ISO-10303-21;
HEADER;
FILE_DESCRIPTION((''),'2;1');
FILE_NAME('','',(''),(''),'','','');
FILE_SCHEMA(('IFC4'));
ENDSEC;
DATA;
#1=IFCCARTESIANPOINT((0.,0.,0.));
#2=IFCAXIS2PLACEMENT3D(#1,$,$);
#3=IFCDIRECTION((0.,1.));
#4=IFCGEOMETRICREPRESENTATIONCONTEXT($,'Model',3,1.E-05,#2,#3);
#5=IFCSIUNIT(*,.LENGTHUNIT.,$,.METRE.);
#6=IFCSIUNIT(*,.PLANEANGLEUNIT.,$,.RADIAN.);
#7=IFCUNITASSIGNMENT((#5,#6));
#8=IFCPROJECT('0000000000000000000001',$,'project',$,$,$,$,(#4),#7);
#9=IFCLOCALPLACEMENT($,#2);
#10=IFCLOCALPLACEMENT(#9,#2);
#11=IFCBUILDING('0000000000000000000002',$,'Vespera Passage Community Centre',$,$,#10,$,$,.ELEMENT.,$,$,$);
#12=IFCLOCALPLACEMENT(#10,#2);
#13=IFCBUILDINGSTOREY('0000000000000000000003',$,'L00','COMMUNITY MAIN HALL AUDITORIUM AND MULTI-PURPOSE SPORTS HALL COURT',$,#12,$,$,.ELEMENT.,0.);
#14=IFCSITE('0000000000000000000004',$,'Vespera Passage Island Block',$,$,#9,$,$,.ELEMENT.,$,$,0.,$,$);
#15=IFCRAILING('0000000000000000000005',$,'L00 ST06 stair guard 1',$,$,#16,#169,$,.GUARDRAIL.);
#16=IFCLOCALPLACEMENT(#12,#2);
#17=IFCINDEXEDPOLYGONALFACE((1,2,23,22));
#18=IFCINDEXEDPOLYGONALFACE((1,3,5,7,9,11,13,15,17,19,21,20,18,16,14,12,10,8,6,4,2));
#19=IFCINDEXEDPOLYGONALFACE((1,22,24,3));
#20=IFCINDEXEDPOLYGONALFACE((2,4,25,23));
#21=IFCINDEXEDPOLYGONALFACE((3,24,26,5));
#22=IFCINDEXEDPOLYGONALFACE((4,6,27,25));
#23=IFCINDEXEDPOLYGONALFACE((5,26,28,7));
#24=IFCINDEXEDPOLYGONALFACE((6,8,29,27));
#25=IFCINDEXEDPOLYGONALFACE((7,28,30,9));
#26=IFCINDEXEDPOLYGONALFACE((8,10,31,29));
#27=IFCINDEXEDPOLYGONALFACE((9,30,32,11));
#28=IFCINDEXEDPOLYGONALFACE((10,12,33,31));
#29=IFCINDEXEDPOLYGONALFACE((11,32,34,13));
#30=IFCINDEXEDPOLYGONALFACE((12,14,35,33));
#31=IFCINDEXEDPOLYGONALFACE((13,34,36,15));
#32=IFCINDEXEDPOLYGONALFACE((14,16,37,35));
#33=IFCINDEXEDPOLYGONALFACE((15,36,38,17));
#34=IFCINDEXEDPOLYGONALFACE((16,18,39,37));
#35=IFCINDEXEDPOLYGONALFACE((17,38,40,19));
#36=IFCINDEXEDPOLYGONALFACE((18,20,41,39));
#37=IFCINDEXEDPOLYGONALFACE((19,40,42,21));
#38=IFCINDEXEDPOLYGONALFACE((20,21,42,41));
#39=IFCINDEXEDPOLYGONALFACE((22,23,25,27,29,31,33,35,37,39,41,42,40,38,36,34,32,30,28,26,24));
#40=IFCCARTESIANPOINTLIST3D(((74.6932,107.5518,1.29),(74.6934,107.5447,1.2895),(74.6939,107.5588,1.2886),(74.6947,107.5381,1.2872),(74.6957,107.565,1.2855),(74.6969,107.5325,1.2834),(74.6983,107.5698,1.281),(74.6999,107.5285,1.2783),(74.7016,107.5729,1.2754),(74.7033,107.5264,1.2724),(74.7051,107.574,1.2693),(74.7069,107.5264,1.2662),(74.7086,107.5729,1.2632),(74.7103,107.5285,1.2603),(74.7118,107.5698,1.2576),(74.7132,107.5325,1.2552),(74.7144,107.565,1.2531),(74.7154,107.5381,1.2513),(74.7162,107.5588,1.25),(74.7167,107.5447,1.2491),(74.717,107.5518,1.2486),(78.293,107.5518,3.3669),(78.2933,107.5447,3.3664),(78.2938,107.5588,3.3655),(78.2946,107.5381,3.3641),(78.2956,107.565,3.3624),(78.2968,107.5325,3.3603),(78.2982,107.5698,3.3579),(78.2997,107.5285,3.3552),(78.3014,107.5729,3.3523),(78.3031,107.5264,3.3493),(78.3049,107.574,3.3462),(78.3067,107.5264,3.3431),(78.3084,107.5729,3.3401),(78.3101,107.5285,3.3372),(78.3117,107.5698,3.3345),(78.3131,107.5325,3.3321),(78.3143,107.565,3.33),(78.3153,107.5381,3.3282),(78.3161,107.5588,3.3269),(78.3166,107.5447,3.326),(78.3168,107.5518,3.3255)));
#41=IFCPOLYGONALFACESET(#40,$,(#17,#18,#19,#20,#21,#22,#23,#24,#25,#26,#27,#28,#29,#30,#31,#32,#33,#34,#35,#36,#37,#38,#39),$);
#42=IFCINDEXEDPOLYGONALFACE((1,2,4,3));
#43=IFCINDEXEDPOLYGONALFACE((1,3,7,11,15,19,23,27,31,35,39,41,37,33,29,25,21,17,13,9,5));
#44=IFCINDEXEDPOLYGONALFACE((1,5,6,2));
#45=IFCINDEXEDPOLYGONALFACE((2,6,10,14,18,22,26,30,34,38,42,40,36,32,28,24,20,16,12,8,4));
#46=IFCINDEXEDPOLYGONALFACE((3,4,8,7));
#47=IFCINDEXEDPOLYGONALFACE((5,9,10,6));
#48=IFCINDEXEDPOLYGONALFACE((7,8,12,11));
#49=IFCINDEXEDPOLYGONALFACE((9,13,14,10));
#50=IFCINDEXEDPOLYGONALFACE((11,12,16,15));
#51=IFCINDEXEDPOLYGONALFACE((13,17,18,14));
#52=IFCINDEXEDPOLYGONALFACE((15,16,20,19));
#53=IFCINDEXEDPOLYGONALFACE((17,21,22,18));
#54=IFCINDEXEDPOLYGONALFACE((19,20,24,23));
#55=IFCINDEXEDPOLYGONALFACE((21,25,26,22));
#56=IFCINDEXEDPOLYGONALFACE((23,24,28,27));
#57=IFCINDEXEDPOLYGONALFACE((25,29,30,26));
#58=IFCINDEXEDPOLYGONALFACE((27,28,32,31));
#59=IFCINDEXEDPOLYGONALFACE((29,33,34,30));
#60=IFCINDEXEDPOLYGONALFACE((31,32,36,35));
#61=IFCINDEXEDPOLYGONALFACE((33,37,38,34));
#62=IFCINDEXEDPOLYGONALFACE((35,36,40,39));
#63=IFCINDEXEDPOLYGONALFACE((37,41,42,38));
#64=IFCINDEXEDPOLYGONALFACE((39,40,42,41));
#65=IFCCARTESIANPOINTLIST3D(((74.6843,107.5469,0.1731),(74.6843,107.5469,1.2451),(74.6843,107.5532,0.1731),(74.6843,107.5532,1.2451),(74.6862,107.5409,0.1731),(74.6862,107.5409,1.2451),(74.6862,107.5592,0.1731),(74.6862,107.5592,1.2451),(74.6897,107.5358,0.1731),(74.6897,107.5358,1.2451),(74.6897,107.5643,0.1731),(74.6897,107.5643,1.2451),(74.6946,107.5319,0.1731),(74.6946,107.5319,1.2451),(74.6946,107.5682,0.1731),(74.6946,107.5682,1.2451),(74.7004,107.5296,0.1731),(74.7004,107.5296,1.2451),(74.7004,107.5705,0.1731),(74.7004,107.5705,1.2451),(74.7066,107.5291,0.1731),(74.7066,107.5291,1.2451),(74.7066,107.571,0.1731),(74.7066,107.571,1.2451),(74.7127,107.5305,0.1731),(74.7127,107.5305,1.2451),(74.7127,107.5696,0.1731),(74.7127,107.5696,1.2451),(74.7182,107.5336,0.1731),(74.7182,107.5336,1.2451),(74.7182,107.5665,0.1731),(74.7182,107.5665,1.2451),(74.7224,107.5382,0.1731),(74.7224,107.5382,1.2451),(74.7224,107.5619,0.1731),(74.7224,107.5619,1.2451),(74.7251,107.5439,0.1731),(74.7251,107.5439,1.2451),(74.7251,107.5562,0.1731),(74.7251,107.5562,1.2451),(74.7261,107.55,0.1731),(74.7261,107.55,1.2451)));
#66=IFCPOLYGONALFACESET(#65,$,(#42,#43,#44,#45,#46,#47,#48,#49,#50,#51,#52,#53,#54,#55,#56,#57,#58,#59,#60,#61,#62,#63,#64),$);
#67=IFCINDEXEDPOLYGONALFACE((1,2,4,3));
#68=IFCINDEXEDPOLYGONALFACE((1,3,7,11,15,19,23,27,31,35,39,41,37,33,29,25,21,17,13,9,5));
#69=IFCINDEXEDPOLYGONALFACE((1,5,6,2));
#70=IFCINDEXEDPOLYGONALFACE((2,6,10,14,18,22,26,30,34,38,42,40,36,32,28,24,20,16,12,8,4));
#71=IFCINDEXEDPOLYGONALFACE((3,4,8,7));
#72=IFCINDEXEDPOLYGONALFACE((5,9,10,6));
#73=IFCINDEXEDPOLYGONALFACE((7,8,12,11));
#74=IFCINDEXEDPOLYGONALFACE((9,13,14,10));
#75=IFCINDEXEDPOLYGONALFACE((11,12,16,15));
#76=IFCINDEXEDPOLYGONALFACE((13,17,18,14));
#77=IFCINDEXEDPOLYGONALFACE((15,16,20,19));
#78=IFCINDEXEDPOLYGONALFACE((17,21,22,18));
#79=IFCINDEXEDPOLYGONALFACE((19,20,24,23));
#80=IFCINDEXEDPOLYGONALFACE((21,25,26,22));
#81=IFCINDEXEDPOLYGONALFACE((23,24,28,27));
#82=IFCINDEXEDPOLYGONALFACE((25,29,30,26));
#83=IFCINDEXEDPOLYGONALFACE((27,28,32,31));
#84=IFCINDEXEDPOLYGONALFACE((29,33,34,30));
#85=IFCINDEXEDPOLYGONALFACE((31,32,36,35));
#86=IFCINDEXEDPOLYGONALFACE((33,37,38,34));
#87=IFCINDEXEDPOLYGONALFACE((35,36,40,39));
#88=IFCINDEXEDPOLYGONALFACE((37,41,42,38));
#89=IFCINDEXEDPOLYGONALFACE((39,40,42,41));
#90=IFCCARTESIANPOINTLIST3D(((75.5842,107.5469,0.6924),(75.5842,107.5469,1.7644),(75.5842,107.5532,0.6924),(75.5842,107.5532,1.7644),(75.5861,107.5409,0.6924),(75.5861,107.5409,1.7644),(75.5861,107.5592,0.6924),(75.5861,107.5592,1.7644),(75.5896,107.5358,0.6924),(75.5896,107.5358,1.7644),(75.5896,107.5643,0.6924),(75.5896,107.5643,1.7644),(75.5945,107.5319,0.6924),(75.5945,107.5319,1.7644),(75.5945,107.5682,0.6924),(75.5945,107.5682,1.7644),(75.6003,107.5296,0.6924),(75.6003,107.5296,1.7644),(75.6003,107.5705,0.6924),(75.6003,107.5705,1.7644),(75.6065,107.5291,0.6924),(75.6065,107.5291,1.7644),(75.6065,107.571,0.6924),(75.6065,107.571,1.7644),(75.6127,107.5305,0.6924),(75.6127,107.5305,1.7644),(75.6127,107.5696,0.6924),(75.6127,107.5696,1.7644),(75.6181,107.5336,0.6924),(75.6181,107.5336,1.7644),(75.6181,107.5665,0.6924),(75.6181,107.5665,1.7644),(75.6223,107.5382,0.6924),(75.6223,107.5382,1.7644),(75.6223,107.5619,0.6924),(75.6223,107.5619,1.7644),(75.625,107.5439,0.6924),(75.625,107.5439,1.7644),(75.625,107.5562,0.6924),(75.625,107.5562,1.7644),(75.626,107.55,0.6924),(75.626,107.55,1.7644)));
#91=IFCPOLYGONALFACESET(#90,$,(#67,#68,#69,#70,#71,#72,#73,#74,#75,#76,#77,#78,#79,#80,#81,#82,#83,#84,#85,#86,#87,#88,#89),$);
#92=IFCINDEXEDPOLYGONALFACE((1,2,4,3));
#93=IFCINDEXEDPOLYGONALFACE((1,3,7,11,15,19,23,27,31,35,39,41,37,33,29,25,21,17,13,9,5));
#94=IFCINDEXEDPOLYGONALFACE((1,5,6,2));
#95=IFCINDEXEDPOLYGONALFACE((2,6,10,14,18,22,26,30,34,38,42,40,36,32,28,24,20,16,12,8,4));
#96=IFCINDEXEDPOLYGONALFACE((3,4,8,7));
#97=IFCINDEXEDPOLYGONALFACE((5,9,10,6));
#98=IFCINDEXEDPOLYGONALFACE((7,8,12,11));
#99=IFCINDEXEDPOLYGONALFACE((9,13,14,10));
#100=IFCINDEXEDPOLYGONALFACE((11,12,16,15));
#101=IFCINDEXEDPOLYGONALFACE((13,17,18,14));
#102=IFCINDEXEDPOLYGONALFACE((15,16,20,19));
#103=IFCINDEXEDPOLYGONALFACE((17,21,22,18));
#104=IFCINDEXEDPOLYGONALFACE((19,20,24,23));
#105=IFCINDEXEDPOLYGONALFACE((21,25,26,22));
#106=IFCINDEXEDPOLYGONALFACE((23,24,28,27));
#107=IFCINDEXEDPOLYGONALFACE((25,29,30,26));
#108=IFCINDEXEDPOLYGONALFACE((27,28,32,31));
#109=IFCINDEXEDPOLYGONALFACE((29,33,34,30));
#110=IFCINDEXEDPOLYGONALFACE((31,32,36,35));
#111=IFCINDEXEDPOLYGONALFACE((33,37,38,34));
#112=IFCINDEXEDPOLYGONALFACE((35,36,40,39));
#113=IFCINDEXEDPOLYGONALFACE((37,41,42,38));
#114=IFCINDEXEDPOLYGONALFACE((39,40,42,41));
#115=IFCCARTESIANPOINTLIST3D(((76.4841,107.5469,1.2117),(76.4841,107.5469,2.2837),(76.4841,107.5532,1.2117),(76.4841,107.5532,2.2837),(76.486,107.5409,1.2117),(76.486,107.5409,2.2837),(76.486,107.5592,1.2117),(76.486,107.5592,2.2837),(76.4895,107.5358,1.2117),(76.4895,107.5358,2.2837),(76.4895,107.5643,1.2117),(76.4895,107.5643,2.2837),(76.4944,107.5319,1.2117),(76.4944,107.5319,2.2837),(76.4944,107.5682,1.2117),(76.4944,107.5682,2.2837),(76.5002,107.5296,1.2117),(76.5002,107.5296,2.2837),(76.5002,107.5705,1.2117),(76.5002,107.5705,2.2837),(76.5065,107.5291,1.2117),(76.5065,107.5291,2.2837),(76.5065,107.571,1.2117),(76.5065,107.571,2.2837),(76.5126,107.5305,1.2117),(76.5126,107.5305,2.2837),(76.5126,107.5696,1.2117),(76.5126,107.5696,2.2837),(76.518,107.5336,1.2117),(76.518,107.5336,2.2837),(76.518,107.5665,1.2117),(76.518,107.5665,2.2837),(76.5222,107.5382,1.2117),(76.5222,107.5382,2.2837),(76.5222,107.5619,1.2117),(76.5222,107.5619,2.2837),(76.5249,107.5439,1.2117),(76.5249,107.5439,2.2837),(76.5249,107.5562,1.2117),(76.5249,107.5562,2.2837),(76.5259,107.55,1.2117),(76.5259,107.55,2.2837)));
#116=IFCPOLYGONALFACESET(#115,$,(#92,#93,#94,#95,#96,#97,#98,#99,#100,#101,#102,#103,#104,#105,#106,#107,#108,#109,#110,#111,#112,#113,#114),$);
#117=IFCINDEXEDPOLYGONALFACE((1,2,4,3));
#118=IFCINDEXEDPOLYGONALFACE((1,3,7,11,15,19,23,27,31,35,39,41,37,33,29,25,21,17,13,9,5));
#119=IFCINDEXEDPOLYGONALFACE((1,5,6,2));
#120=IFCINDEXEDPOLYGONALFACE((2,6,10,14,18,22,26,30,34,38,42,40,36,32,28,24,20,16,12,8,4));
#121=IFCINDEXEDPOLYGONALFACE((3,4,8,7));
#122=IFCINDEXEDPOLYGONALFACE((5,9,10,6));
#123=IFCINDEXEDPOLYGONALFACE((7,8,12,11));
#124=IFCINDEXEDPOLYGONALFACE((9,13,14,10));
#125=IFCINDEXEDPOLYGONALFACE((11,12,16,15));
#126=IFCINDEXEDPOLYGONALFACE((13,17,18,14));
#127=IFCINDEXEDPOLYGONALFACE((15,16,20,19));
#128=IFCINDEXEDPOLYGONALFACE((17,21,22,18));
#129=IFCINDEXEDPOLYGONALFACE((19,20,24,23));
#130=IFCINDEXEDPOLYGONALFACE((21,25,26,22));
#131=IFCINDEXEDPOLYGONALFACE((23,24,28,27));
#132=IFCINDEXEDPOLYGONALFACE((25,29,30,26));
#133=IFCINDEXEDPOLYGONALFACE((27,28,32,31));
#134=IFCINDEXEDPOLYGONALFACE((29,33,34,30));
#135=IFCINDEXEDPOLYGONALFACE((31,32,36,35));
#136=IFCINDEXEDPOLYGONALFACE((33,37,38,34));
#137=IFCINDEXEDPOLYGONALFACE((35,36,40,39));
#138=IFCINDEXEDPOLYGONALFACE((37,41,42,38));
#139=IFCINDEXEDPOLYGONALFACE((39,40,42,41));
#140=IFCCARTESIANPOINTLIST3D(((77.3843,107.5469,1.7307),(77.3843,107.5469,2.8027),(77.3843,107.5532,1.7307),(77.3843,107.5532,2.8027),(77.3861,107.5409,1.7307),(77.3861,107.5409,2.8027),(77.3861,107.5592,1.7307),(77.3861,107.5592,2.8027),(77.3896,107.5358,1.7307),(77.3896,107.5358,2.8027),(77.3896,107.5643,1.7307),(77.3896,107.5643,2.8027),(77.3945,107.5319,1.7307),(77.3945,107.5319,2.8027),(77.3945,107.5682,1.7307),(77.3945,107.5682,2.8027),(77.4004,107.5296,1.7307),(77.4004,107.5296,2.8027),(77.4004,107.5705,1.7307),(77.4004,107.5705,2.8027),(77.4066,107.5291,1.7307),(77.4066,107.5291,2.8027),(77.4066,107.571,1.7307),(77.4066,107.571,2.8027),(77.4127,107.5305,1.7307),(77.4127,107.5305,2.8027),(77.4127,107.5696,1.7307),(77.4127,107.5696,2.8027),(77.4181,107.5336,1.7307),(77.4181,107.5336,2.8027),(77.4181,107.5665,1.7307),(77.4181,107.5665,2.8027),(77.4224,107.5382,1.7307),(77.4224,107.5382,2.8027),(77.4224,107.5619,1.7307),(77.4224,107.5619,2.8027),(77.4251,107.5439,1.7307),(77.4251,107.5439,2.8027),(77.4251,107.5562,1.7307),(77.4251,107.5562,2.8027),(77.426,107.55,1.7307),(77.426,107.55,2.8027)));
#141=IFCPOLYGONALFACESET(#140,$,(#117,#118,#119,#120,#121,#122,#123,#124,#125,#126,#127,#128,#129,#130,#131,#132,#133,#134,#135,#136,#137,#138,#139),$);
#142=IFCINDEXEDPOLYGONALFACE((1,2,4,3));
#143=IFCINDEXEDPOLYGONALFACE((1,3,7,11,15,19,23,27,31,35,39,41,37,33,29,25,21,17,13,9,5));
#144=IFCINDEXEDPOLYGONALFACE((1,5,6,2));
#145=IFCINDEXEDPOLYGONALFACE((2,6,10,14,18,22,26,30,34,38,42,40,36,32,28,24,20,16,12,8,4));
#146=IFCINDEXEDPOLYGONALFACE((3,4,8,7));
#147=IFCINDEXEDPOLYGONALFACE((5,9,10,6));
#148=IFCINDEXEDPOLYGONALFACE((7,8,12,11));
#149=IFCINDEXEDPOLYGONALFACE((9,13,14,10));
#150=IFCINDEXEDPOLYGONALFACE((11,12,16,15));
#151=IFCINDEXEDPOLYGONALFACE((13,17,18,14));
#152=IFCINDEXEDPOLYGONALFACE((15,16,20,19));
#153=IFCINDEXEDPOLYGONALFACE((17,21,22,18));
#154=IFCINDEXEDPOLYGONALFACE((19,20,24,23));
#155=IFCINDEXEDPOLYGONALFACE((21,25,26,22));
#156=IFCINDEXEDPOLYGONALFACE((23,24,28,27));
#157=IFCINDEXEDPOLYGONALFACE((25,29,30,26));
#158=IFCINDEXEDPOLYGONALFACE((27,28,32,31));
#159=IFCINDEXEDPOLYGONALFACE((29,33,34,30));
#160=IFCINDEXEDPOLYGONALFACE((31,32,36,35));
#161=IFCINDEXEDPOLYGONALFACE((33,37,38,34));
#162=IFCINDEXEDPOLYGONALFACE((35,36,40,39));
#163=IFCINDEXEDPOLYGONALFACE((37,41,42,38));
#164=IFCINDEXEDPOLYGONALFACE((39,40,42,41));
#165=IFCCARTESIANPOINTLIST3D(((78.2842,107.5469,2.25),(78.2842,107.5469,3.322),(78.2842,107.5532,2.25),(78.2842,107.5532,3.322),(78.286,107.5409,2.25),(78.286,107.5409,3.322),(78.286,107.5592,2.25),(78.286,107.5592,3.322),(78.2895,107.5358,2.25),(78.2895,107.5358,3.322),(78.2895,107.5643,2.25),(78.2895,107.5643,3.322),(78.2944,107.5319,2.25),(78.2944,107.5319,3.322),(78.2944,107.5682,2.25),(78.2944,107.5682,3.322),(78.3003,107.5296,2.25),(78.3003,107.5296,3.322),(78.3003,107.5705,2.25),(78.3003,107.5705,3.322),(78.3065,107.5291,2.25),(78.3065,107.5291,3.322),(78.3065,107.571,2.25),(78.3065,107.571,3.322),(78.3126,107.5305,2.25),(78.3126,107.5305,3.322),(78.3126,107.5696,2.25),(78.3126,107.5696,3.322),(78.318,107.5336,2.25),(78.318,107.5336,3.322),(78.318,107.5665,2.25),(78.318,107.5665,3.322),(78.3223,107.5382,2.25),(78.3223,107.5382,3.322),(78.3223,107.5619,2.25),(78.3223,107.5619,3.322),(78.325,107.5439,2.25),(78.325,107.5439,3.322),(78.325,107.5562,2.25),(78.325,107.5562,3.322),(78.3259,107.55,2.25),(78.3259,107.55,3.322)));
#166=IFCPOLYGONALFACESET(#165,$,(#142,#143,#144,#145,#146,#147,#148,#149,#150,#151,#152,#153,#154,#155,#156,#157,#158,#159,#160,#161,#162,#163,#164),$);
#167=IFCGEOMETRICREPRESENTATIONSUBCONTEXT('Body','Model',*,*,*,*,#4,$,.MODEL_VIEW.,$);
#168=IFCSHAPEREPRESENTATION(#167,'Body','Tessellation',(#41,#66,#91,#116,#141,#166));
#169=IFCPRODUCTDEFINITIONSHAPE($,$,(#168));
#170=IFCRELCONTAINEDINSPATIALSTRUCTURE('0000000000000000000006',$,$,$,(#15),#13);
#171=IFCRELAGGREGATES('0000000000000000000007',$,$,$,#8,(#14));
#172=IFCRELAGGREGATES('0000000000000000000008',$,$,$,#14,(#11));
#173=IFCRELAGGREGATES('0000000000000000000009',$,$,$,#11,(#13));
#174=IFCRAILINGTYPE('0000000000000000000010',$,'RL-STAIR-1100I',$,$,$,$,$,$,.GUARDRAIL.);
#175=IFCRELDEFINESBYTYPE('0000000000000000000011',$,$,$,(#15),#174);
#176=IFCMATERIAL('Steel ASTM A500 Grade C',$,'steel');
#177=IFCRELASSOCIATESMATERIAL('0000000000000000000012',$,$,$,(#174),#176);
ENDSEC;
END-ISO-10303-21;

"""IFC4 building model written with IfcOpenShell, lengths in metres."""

from ifc_helpers import new_model, si_unit, direction, frame, origin, origin_2d, place, context, subcontext, project, spatial, circle, extrude, material, type_object, element, save


model = new_model("IFC4")

# Units and contexts
model_context = context("Model", 3, precision=1e-05, world=origin(), true_north=direction((0.0, 1.0)))
body_context = subcontext(model_context, "Body", "Model", "MODEL_VIEW")
ifc_project = project(units=[si_unit("LENGTHUNIT", "METRE"), si_unit("PLANEANGLEUNIT", "RADIAN")], contexts=[model_context])

# Site, building, storey
site_placement = place(None, origin())
site = spatial("IfcSite", under=ifc_project, at=site_placement, Name="Vespera Passage Island Block", CompositionType="ELEMENT", RefElevation=0.0)
building_placement = place(site_placement, origin())
building = spatial("IfcBuilding", under=site, at=building_placement, Name="Vespera Passage Community Centre", CompositionType="ELEMENT")
storey_placement = place(building_placement, origin())
storey = spatial("IfcBuildingStorey", under=building, at=storey_placement, Name="L00", Description="COMMUNITY MAIN HALL AUDITORIUM AND MULTI-PURPOSE SPORTS HALL COURT", CompositionType="ELEMENT", Elevation=0.0)

# Railing
ifc_material_1 = material(Name="Steel ASTM A500 Grade C", Category="steel")
railing_type_1 = type_object("IfcRailingType", Name="RL-STAIR-1100I", PredefinedType="GUARDRAIL", material=ifc_material_1)
railing_1_placement = place(storey_placement, frame((74.7051, 107.55, 0.1731)))
element("IfcRailing", 1, at=railing_1_placement, inside=storey, type_object=railing_type_1, Name="L00 ST06 stair guard 1", PredefinedType="GUARDRAIL", context=body_context, shape_type="SweptSolid", body=[
    extrude(circle(Radius=0.0239, at=origin_2d()), frame((0.0, 0.0, 1.0962), z_axis=(0.866179, 0.0, 0.499734), x_axis=(0.0, 1.0, 0.0)), (0.0, 0.0, 1.0), 4.156),
    extrude(circle(Radius=0.021, at=origin_2d()), origin(), (0.0, 0.0, 1.0), 1.072),
    extrude(circle(Radius=0.021, at=origin_2d()), frame((0.8999, 0.0, 0.5193)), (0.0, 0.0, 1.0), 1.072),
    extrude(circle(Radius=0.021, at=origin_2d()), frame((1.7998, 0.0, 1.0386)), (0.0, 0.0, 1.0), 1.072),
    extrude(circle(Radius=0.021, at=origin_2d()), frame((2.7, 0.0, 1.5576)), (0.0, 0.0, 1.0), 1.072),
    extrude(circle(Radius=0.021, at=origin_2d()), frame((3.5999, 0.0, 2.0769)), (0.0, 0.0, 1.0), 1.072),
])

save(model, "model.ifc")
